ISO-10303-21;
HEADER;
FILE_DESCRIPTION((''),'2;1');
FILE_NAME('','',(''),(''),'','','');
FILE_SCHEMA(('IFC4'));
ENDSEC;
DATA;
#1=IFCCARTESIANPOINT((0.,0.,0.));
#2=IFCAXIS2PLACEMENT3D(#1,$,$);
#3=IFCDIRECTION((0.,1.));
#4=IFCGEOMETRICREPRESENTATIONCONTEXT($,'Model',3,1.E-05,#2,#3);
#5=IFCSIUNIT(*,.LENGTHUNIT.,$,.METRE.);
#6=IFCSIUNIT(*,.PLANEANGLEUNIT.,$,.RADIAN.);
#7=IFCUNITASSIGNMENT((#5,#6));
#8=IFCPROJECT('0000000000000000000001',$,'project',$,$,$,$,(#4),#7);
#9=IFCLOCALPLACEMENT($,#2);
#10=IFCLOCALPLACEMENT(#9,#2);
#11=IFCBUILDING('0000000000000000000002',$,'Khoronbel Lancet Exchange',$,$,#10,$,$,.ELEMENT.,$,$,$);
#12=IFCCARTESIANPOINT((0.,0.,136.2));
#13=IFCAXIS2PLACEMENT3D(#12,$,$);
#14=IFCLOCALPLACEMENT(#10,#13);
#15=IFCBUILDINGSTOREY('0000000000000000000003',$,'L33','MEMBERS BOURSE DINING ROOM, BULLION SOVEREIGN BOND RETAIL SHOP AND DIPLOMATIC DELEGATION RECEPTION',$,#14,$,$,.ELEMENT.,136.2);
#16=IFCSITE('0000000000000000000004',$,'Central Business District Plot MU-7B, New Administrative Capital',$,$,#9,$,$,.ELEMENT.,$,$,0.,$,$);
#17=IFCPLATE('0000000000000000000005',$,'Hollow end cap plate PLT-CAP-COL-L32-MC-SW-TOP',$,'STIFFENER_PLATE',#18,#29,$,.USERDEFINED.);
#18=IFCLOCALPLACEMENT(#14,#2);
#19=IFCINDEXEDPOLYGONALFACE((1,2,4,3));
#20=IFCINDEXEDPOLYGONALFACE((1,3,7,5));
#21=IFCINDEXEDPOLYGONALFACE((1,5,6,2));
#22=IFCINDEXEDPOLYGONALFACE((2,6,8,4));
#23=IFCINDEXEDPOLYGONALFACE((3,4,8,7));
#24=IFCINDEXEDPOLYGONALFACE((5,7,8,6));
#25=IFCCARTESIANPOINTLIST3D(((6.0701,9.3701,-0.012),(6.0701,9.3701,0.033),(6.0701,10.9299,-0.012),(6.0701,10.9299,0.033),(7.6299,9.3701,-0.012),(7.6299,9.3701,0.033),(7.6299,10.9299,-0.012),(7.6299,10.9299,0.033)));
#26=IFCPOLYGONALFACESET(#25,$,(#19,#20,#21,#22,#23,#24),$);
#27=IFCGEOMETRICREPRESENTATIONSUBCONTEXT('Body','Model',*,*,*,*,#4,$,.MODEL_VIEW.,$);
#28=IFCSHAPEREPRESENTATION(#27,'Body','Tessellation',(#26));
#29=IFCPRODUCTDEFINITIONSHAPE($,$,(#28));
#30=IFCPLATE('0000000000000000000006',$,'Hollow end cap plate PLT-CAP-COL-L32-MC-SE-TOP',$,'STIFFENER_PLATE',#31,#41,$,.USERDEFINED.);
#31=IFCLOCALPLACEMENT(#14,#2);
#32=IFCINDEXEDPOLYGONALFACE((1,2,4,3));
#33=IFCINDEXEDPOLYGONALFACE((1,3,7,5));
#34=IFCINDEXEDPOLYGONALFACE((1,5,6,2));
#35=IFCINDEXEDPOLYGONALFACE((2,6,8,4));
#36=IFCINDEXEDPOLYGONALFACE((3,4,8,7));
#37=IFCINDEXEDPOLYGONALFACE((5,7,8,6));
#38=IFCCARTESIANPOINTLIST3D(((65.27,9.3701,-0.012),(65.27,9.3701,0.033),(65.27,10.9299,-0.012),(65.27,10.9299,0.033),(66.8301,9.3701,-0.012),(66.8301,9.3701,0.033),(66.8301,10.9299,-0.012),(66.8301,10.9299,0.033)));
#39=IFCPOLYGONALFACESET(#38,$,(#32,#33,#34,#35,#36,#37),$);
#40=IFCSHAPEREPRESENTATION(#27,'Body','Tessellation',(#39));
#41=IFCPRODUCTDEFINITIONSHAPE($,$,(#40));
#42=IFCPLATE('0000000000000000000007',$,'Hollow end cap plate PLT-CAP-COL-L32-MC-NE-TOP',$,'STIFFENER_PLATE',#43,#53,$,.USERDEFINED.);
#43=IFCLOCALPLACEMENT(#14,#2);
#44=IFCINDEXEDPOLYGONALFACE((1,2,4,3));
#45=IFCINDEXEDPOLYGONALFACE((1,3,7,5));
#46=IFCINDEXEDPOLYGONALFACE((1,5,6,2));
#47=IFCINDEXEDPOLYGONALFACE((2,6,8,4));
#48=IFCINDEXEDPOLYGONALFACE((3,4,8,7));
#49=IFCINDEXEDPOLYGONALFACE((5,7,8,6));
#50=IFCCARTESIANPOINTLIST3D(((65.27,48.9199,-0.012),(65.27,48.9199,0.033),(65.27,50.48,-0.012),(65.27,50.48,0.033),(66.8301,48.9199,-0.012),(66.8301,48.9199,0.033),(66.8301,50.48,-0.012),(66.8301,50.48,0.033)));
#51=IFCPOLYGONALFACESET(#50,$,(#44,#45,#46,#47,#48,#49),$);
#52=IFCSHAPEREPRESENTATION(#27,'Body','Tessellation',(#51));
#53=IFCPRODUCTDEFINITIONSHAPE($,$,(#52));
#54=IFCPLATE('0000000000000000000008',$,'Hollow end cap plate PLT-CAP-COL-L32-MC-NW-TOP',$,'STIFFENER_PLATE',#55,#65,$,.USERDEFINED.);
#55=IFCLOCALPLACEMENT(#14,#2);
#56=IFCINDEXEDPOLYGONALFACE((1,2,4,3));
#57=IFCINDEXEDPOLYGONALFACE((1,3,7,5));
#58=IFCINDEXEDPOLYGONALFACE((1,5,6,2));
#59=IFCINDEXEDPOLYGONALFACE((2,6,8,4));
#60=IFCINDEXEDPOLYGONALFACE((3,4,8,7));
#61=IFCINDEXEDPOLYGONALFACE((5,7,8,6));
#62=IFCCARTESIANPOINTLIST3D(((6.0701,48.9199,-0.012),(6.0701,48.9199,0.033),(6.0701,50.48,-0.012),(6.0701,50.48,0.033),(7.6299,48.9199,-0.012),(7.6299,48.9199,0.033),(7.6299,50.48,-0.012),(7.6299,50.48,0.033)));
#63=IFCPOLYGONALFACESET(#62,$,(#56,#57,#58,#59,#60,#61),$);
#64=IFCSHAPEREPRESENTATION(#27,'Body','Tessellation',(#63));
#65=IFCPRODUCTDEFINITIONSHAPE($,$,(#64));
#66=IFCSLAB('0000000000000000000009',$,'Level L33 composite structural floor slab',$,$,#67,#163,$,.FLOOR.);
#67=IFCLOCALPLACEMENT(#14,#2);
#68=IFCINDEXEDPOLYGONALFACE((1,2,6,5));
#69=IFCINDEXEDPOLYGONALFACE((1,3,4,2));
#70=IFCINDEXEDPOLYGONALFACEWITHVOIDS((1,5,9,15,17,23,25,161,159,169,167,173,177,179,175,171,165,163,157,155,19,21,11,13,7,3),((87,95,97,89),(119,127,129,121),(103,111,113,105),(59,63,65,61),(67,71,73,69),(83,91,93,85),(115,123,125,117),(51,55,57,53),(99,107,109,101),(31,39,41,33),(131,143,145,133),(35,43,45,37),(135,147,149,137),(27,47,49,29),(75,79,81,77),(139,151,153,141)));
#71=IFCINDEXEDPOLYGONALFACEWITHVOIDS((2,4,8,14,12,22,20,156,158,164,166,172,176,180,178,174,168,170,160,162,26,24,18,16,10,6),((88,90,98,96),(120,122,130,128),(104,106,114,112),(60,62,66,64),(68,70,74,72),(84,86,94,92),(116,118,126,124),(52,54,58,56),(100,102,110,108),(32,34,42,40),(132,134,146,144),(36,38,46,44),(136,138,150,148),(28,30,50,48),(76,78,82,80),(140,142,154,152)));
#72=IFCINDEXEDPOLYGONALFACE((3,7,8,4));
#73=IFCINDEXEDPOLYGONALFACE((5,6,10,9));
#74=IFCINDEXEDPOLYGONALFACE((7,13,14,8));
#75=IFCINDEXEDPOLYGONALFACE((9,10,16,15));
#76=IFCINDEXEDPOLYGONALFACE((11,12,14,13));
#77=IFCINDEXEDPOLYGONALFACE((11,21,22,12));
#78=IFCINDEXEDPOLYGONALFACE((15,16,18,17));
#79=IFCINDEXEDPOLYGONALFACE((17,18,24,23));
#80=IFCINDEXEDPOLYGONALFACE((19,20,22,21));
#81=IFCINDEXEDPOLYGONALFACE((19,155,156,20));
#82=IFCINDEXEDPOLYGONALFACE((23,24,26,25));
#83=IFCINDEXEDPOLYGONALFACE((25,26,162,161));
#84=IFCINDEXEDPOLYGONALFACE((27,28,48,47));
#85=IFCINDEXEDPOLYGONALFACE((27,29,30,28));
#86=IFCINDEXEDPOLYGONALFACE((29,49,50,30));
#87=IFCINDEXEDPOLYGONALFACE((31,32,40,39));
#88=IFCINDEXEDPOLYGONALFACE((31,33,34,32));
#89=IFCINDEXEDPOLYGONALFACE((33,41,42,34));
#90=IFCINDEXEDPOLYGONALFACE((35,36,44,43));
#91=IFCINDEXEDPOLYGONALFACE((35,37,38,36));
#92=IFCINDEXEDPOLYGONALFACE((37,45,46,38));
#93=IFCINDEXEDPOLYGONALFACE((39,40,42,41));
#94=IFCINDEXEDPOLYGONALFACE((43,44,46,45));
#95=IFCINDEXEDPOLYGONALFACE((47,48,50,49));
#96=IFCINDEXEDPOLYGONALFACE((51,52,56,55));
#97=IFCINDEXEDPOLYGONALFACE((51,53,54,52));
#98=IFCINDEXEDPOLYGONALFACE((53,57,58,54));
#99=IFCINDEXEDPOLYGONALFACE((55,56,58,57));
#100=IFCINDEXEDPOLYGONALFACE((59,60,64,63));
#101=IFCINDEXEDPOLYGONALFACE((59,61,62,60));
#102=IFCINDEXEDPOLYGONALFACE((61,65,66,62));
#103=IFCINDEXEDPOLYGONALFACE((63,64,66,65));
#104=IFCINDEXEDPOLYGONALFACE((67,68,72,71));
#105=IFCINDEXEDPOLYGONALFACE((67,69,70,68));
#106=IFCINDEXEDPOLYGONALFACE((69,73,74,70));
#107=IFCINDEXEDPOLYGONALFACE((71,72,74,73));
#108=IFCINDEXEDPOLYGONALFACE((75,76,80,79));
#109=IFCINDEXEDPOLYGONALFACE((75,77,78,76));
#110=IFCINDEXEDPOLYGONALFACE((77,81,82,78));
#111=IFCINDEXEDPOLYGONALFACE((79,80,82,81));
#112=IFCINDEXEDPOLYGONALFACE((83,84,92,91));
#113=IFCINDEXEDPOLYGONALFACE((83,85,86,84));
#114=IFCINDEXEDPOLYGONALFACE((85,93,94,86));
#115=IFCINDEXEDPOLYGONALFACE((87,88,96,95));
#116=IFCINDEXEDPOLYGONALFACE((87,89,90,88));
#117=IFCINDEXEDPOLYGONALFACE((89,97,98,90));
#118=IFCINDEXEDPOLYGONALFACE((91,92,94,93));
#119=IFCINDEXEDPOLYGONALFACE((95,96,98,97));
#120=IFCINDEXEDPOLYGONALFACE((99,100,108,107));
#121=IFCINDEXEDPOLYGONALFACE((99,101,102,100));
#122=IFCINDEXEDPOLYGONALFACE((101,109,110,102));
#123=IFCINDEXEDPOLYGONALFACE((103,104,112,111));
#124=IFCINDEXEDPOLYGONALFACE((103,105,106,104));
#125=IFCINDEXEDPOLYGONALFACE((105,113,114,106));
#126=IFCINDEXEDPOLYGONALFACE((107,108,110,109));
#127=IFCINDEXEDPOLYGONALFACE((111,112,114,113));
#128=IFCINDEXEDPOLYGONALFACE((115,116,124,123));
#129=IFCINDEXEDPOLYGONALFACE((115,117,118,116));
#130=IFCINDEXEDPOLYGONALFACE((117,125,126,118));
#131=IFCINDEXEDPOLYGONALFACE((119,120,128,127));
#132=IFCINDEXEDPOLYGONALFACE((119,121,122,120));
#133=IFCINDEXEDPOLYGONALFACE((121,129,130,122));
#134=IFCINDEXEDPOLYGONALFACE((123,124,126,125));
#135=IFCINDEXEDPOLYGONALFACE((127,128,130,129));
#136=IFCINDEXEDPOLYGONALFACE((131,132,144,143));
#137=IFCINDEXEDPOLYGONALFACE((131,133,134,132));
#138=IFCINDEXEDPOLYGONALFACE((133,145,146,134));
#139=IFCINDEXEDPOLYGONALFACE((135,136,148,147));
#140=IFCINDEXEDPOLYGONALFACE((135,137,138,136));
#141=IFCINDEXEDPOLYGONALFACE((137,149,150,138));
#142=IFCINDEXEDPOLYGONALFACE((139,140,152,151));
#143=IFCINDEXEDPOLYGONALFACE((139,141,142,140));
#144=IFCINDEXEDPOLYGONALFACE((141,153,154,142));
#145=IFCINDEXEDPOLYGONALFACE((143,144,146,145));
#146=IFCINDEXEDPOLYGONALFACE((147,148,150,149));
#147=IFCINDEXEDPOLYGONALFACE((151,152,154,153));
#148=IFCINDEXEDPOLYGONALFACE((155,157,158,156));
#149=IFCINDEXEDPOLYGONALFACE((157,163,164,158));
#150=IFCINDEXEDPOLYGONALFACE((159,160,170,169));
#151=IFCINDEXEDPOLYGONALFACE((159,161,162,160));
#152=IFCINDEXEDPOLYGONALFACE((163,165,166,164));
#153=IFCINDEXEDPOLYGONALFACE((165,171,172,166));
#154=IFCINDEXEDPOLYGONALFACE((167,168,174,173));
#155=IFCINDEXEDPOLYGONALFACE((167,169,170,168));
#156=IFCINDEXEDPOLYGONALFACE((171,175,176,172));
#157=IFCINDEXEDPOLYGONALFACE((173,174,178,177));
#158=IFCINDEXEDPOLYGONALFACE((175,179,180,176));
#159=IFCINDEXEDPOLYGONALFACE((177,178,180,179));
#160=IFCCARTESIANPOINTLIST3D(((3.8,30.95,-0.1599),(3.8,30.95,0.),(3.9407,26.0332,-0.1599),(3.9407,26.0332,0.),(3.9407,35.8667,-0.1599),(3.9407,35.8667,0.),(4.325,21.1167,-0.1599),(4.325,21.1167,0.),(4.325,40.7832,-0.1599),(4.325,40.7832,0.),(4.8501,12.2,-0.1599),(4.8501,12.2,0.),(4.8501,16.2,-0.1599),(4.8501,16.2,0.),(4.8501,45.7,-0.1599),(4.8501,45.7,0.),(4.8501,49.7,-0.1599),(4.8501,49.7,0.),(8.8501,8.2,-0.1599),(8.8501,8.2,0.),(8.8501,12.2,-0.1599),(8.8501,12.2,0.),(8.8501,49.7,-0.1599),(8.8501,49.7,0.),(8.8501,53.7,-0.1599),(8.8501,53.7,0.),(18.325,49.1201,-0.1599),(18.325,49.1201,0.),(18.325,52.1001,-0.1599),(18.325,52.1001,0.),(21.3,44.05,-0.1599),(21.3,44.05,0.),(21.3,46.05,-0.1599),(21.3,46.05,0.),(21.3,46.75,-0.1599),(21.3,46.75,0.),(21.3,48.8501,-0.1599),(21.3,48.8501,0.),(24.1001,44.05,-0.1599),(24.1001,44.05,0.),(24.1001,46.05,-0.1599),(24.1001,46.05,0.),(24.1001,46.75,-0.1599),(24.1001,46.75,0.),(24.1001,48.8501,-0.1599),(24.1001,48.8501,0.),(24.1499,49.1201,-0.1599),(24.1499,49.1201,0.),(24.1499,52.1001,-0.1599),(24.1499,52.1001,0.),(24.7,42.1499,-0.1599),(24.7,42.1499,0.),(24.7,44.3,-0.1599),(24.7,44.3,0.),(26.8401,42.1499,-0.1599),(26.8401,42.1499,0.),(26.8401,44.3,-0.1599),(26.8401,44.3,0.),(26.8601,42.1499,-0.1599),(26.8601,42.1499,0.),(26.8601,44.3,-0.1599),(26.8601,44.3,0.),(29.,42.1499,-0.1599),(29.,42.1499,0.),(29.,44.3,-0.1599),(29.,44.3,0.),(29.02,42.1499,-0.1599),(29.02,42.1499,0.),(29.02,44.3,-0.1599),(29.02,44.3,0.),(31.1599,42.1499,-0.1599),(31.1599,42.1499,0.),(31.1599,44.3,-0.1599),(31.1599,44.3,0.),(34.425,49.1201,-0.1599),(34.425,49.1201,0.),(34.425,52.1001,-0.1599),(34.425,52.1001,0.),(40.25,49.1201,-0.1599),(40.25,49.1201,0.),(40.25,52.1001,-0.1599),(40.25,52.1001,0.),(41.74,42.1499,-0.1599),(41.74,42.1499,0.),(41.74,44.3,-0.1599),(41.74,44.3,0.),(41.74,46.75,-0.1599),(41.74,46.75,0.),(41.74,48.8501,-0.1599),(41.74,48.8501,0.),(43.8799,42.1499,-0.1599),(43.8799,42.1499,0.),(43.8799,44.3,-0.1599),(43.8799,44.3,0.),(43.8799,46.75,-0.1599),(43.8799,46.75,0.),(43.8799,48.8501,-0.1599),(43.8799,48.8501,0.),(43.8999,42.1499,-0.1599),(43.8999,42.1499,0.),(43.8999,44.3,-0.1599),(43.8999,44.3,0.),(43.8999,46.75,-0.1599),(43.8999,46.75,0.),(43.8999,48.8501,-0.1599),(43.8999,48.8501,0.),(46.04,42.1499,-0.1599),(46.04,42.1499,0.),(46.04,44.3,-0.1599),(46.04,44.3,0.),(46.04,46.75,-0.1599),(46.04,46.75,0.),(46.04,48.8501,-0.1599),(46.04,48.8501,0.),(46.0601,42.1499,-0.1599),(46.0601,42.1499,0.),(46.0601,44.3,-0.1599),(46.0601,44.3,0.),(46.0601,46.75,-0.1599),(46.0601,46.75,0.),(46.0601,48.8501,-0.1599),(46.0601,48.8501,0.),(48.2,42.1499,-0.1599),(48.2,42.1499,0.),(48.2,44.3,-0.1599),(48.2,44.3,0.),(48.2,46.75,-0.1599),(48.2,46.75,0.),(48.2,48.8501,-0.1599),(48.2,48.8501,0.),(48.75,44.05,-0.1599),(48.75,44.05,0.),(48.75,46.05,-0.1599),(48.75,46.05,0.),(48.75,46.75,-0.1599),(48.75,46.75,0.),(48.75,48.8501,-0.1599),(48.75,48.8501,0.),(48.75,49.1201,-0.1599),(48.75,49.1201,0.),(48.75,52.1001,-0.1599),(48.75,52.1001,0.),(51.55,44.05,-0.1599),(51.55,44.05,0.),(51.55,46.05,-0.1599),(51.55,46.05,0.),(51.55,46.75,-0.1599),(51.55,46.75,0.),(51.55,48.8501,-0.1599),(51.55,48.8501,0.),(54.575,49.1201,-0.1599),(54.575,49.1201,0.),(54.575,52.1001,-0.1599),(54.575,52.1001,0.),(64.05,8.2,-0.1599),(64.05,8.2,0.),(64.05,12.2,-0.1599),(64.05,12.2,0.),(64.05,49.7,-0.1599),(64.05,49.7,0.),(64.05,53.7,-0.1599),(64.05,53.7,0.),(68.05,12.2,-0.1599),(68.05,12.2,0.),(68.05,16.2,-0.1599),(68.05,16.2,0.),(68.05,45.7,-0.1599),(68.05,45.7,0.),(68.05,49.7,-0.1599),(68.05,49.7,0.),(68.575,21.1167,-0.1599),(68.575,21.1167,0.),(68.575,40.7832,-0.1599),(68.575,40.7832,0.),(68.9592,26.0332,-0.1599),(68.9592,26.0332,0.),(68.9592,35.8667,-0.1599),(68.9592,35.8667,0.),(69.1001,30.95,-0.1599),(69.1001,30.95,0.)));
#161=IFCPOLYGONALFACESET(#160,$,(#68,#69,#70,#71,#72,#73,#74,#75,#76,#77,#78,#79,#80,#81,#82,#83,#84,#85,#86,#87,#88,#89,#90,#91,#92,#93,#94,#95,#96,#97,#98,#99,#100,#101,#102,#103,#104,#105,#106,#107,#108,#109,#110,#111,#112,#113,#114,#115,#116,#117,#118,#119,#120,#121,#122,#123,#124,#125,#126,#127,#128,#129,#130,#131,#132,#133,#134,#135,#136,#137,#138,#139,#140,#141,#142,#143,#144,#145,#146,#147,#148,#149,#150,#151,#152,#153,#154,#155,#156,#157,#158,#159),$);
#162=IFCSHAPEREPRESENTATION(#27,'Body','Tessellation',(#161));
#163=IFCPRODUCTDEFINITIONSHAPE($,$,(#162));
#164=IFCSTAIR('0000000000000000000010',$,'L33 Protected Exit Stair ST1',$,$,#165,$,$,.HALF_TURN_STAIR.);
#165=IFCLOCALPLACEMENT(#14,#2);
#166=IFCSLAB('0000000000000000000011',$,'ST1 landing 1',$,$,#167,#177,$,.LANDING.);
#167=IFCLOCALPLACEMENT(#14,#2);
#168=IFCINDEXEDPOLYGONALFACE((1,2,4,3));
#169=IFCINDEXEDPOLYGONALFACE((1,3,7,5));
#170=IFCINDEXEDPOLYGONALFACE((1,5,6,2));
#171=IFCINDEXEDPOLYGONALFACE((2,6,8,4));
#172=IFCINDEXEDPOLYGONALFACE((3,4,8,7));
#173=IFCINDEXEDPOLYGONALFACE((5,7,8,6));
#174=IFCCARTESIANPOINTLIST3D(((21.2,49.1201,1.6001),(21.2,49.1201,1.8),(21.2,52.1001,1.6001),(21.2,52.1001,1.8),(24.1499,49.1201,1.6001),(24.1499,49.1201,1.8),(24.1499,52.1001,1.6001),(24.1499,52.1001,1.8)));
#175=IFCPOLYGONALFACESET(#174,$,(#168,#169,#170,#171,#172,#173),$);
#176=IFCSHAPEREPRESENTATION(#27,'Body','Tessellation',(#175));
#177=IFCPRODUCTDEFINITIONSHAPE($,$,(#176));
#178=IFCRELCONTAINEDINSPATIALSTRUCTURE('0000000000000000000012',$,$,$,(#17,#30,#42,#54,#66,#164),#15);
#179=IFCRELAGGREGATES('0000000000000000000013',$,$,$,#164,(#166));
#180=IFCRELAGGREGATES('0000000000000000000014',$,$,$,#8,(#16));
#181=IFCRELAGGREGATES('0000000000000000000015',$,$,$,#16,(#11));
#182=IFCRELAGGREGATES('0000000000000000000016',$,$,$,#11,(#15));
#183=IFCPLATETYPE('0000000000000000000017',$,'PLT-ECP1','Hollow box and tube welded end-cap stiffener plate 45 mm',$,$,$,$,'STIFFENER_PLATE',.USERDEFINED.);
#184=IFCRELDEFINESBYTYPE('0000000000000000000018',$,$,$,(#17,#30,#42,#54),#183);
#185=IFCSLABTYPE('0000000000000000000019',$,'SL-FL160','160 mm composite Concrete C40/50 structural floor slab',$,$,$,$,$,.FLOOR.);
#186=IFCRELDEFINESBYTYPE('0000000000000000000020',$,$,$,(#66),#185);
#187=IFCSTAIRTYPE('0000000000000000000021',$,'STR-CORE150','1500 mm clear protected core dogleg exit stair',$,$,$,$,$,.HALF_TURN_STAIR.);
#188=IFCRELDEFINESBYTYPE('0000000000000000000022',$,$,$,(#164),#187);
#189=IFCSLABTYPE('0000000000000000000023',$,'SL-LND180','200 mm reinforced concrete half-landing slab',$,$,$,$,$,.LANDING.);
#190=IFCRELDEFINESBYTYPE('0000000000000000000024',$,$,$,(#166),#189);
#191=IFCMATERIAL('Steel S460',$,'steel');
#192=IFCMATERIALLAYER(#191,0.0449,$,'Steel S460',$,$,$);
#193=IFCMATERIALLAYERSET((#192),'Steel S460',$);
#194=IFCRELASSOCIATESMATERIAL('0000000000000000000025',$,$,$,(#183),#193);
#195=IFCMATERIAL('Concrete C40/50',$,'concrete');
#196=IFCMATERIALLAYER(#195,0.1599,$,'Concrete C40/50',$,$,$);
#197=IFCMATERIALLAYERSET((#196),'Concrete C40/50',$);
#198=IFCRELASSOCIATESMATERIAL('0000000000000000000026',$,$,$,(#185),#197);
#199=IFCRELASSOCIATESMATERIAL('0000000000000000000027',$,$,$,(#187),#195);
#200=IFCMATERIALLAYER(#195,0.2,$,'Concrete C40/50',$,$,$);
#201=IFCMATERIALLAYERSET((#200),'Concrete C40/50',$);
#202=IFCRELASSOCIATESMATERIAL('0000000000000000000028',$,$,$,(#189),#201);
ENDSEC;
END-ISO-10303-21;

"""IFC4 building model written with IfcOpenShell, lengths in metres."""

from ifc_helpers import new_model, si_unit, direction, frame, origin, place, context, subcontext, project, spatial, polyline, outline, extrude, material, layer, layer_set, type_object, element, aggregate, save


model = new_model("IFC4")

# Units and contexts
model_context = context("Model", 3, precision=1e-05, world=origin(), true_north=direction((0.0, 1.0)))
body_context = subcontext(model_context, "Body", "Model", "MODEL_VIEW")
ifc_project = project(units=[si_unit("LENGTHUNIT", "METRE"), si_unit("PLANEANGLEUNIT", "RADIAN")], contexts=[model_context])

# Site, building, storey
site_placement = place(None, origin())
site = spatial("IfcSite", under=ifc_project, at=site_placement, Name="Central Business District Plot MU-7B, New Administrative Capital", CompositionType="ELEMENT", RefElevation=0.0)
building_placement = place(site_placement, origin())
building = spatial("IfcBuilding", under=site, at=building_placement, Name="Khoronbel Lancet Exchange", CompositionType="ELEMENT")
storey_placement = place(building_placement, frame((0.0, 0.0, 136.2)))
storey = spatial("IfcBuildingStorey", under=building, at=storey_placement, Name="L33", Description="MEMBERS BOURSE DINING ROOM, BULLION SOVEREIGN BOND RETAIL SHOP AND DIPLOMATIC DELEGATION RECEPTION", CompositionType="ELEMENT", Elevation=136.2)

# Shared definitions
ifc_material_1 = material(Name="Steel S460", Category="steel")

# Plates
ifc_layer_1 = layer(ifc_material_1, 0.0449, Name="Steel S460")
ifc_layer_set_1 = layer_set([ifc_layer_1], Name="Steel S460")
plate_type_1 = type_object("IfcPlateType", Name="PLT-ECP1", Description="Hollow box and tube welded end-cap stiffener plate 45 mm", ElementType="STIFFENER_PLATE", PredefinedType="USERDEFINED", material=ifc_layer_set_1)
plate_1_placement = place(storey_placement, frame((0.0, 0.0, -0.012)))
element("IfcPlate", 1, at=plate_1_placement, inside=storey, type_object=plate_type_1, Name="Hollow end cap plate PLT-CAP-COL-L32-MC-SW-TOP", ObjectType="STIFFENER_PLATE", PredefinedType="USERDEFINED", context=body_context, shape_type="SweptSolid", body=[
    extrude(outline(polyline([(6.0701, 9.3701), (7.6299, 9.3701), (7.6299, 10.9299), (6.0701, 10.9299), (6.0701, 9.3701)])), origin(), (0.0, 0.0, 1.0), 0.0449),
])
plate_2_placement = place(storey_placement, frame((0.0, 0.0, -0.012)))
element("IfcPlate", 2, at=plate_2_placement, inside=storey, type_object=plate_type_1, Name="Hollow end cap plate PLT-CAP-COL-L32-MC-SE-TOP", ObjectType="STIFFENER_PLATE", PredefinedType="USERDEFINED", context=body_context, shape_type="SweptSolid", body=[
    extrude(outline(polyline([(65.27, 9.3701), (66.8301, 9.3701), (66.8301, 10.9299), (65.27, 10.9299), (65.27, 9.3701)])), origin(), (0.0, 0.0, 1.0), 0.0449),
])
plate_3_placement = place(storey_placement, frame((0.0, 0.0, -0.012)))
element("IfcPlate", 3, at=plate_3_placement, inside=storey, type_object=plate_type_1, Name="Hollow end cap plate PLT-CAP-COL-L32-MC-NE-TOP", ObjectType="STIFFENER_PLATE", PredefinedType="USERDEFINED", context=body_context, shape_type="SweptSolid", body=[
    extrude(outline(polyline([(65.27, 48.9199), (66.8301, 48.9199), (66.8301, 50.48), (65.27, 50.48), (65.27, 48.9199)])), origin(), (0.0, 0.0, 1.0), 0.0449),
])
plate_4_placement = place(storey_placement, frame((0.0, 0.0, -0.012)))
element("IfcPlate", 4, at=plate_4_placement, inside=storey, type_object=plate_type_1, Name="Hollow end cap plate PLT-CAP-COL-L32-MC-NW-TOP", ObjectType="STIFFENER_PLATE", PredefinedType="USERDEFINED", context=body_context, shape_type="SweptSolid", body=[
    extrude(outline(polyline([(6.0701, 48.9199), (7.6299, 48.9199), (7.6299, 50.48), (6.0701, 50.48), (6.0701, 48.9199)])), origin(), (0.0, 0.0, 1.0), 0.0449),
])

# Slab
ifc_material_2 = material(Name="Concrete C40/50", Category="concrete")
ifc_layer_2 = layer(ifc_material_2, 0.1599, Name="Concrete C40/50")
ifc_layer_set_2 = layer_set([ifc_layer_2], Name="Concrete C40/50")
slab_type_1 = type_object("IfcSlabType", Name="SL-FL160", Description="160 mm composite Concrete C40/50 structural floor slab", PredefinedType="FLOOR", material=ifc_layer_set_2)
slab_1_placement = place(storey_placement, frame((0.0, 0.0, -0.1599)))
element("IfcSlab", 5, at=slab_1_placement, inside=storey, type_object=slab_type_1, Name="Level L33 composite structural floor slab", PredefinedType="FLOOR", context=body_context, shape_type="SweptSolid", body=[
    extrude(outline(polyline([(8.8501, 8.2), (64.05, 8.2), (64.05, 12.2), (68.05, 12.2), (68.05, 16.2), (68.575, 21.1167), (68.9592, 26.0332), (69.1001, 30.95), (68.9592, 35.8667), (68.575, 40.7832), (68.05, 45.7), (68.05, 49.7), (64.05, 49.7), (64.05, 53.7), (8.8501, 53.7), (8.8501, 49.7), (4.8501, 49.7), (4.8501, 45.7), (4.325, 40.7832), (3.9407, 35.8667), (3.8, 30.95), (3.9407, 26.0332), (4.325, 21.1167), (4.8501, 16.2), (4.8501, 12.2), (8.8501, 12.2), (8.8501, 8.2)]), holes=[polyline([(18.325, 49.1201), (24.1499, 49.1201), (24.1499, 52.1001), (18.325, 52.1001), (18.325, 49.1201)]), polyline([(48.75, 49.1201), (54.575, 49.1201), (54.575, 52.1001), (48.75, 52.1001), (48.75, 49.1201)]), polyline([(34.425, 49.1201), (40.25, 49.1201), (40.25, 52.1001), (34.425, 52.1001), (34.425, 49.1201)]), polyline([(24.7, 42.1499), (26.8401, 42.1499), (26.8401, 44.3), (24.7, 44.3), (24.7, 42.1499)]), polyline([(26.8601, 42.1499), (29.0, 42.1499), (29.0, 44.3), (26.8601, 44.3), (26.8601, 42.1499)]), polyline([(29.02, 42.1499), (31.1599, 42.1499), (31.1599, 44.3), (29.02, 44.3), (29.02, 42.1499)]), polyline([(41.74, 46.75), (43.8799, 46.75), (43.8799, 48.8501), (41.74, 48.8501), (41.74, 46.75)]), polyline([(43.8999, 46.75), (46.04, 46.75), (46.04, 48.8501), (43.8999, 48.8501), (43.8999, 46.75)]), polyline([(46.0601, 46.75), (48.2, 46.75), (48.2, 48.8501), (46.0601, 48.8501), (46.0601, 46.75)]), polyline([(41.74, 42.1499), (43.8799, 42.1499), (43.8799, 44.3), (41.74, 44.3), (41.74, 42.1499)]), polyline([(43.8999, 42.1499), (46.04, 42.1499), (46.04, 44.3), (43.8999, 44.3), (43.8999, 42.1499)]), polyline([(46.0601, 42.1499), (48.2, 42.1499), (48.2, 44.3), (46.0601, 44.3), (46.0601, 42.1499)]), polyline([(21.3, 46.75), (24.1001, 46.75), (24.1001, 48.8501), (21.3, 48.8501), (21.3, 46.75)]), polyline([(48.75, 46.75), (51.55, 46.75), (51.55, 48.8501), (48.75, 48.8501), (48.75, 46.75)]), polyline([(21.3, 44.05), (24.1001, 44.05), (24.1001, 46.05), (21.3, 46.05), (21.3, 44.05)]), polyline([(48.75, 44.05), (51.55, 44.05), (51.55, 46.05), (48.75, 46.05), (48.75, 44.05)])]), origin(), (0.0, 0.0, 1.0), 0.1599),
])

# Stair, slab
stair_type = type_object("IfcStairType", Name="STR-CORE150", Description="1500 mm clear protected core dogleg exit stair", PredefinedType="HALF_TURN_STAIR", material=ifc_material_2)
stair_1_placement = place(storey_placement, origin())
stair_1 = element("IfcStair", 6, at=stair_1_placement, inside=storey, type_object=stair_type, Name="L33 Protected Exit Stair ST1", PredefinedType="HALF_TURN_STAIR")
ifc_layer_3 = layer(ifc_material_2, 0.2, Name="Concrete C40/50")
ifc_layer_set_3 = layer_set([ifc_layer_3], Name="Concrete C40/50")
slab_type_2 = type_object("IfcSlabType", Name="SL-LND180", Description="200 mm reinforced concrete half-landing slab", PredefinedType="LANDING", material=ifc_layer_set_3)
slab_2_placement = place(storey_placement, frame((0.0, 0.0, 1.6001)))
slab_2 = element("IfcSlab", 7, at=slab_2_placement, type_object=slab_type_2, Name="ST1 landing 1", PredefinedType="LANDING", context=body_context, shape_type="SweptSolid", body=[
    extrude(outline(polyline([(21.2, 49.1201), (24.1499, 49.1201), (24.1499, 52.1001), (21.2, 52.1001), (21.2, 49.1201)])), origin(), (0.0, 0.0, 1.0), 0.2),
])
aggregate(stair_1, [slab_2])

save(model, "model.ifc")
